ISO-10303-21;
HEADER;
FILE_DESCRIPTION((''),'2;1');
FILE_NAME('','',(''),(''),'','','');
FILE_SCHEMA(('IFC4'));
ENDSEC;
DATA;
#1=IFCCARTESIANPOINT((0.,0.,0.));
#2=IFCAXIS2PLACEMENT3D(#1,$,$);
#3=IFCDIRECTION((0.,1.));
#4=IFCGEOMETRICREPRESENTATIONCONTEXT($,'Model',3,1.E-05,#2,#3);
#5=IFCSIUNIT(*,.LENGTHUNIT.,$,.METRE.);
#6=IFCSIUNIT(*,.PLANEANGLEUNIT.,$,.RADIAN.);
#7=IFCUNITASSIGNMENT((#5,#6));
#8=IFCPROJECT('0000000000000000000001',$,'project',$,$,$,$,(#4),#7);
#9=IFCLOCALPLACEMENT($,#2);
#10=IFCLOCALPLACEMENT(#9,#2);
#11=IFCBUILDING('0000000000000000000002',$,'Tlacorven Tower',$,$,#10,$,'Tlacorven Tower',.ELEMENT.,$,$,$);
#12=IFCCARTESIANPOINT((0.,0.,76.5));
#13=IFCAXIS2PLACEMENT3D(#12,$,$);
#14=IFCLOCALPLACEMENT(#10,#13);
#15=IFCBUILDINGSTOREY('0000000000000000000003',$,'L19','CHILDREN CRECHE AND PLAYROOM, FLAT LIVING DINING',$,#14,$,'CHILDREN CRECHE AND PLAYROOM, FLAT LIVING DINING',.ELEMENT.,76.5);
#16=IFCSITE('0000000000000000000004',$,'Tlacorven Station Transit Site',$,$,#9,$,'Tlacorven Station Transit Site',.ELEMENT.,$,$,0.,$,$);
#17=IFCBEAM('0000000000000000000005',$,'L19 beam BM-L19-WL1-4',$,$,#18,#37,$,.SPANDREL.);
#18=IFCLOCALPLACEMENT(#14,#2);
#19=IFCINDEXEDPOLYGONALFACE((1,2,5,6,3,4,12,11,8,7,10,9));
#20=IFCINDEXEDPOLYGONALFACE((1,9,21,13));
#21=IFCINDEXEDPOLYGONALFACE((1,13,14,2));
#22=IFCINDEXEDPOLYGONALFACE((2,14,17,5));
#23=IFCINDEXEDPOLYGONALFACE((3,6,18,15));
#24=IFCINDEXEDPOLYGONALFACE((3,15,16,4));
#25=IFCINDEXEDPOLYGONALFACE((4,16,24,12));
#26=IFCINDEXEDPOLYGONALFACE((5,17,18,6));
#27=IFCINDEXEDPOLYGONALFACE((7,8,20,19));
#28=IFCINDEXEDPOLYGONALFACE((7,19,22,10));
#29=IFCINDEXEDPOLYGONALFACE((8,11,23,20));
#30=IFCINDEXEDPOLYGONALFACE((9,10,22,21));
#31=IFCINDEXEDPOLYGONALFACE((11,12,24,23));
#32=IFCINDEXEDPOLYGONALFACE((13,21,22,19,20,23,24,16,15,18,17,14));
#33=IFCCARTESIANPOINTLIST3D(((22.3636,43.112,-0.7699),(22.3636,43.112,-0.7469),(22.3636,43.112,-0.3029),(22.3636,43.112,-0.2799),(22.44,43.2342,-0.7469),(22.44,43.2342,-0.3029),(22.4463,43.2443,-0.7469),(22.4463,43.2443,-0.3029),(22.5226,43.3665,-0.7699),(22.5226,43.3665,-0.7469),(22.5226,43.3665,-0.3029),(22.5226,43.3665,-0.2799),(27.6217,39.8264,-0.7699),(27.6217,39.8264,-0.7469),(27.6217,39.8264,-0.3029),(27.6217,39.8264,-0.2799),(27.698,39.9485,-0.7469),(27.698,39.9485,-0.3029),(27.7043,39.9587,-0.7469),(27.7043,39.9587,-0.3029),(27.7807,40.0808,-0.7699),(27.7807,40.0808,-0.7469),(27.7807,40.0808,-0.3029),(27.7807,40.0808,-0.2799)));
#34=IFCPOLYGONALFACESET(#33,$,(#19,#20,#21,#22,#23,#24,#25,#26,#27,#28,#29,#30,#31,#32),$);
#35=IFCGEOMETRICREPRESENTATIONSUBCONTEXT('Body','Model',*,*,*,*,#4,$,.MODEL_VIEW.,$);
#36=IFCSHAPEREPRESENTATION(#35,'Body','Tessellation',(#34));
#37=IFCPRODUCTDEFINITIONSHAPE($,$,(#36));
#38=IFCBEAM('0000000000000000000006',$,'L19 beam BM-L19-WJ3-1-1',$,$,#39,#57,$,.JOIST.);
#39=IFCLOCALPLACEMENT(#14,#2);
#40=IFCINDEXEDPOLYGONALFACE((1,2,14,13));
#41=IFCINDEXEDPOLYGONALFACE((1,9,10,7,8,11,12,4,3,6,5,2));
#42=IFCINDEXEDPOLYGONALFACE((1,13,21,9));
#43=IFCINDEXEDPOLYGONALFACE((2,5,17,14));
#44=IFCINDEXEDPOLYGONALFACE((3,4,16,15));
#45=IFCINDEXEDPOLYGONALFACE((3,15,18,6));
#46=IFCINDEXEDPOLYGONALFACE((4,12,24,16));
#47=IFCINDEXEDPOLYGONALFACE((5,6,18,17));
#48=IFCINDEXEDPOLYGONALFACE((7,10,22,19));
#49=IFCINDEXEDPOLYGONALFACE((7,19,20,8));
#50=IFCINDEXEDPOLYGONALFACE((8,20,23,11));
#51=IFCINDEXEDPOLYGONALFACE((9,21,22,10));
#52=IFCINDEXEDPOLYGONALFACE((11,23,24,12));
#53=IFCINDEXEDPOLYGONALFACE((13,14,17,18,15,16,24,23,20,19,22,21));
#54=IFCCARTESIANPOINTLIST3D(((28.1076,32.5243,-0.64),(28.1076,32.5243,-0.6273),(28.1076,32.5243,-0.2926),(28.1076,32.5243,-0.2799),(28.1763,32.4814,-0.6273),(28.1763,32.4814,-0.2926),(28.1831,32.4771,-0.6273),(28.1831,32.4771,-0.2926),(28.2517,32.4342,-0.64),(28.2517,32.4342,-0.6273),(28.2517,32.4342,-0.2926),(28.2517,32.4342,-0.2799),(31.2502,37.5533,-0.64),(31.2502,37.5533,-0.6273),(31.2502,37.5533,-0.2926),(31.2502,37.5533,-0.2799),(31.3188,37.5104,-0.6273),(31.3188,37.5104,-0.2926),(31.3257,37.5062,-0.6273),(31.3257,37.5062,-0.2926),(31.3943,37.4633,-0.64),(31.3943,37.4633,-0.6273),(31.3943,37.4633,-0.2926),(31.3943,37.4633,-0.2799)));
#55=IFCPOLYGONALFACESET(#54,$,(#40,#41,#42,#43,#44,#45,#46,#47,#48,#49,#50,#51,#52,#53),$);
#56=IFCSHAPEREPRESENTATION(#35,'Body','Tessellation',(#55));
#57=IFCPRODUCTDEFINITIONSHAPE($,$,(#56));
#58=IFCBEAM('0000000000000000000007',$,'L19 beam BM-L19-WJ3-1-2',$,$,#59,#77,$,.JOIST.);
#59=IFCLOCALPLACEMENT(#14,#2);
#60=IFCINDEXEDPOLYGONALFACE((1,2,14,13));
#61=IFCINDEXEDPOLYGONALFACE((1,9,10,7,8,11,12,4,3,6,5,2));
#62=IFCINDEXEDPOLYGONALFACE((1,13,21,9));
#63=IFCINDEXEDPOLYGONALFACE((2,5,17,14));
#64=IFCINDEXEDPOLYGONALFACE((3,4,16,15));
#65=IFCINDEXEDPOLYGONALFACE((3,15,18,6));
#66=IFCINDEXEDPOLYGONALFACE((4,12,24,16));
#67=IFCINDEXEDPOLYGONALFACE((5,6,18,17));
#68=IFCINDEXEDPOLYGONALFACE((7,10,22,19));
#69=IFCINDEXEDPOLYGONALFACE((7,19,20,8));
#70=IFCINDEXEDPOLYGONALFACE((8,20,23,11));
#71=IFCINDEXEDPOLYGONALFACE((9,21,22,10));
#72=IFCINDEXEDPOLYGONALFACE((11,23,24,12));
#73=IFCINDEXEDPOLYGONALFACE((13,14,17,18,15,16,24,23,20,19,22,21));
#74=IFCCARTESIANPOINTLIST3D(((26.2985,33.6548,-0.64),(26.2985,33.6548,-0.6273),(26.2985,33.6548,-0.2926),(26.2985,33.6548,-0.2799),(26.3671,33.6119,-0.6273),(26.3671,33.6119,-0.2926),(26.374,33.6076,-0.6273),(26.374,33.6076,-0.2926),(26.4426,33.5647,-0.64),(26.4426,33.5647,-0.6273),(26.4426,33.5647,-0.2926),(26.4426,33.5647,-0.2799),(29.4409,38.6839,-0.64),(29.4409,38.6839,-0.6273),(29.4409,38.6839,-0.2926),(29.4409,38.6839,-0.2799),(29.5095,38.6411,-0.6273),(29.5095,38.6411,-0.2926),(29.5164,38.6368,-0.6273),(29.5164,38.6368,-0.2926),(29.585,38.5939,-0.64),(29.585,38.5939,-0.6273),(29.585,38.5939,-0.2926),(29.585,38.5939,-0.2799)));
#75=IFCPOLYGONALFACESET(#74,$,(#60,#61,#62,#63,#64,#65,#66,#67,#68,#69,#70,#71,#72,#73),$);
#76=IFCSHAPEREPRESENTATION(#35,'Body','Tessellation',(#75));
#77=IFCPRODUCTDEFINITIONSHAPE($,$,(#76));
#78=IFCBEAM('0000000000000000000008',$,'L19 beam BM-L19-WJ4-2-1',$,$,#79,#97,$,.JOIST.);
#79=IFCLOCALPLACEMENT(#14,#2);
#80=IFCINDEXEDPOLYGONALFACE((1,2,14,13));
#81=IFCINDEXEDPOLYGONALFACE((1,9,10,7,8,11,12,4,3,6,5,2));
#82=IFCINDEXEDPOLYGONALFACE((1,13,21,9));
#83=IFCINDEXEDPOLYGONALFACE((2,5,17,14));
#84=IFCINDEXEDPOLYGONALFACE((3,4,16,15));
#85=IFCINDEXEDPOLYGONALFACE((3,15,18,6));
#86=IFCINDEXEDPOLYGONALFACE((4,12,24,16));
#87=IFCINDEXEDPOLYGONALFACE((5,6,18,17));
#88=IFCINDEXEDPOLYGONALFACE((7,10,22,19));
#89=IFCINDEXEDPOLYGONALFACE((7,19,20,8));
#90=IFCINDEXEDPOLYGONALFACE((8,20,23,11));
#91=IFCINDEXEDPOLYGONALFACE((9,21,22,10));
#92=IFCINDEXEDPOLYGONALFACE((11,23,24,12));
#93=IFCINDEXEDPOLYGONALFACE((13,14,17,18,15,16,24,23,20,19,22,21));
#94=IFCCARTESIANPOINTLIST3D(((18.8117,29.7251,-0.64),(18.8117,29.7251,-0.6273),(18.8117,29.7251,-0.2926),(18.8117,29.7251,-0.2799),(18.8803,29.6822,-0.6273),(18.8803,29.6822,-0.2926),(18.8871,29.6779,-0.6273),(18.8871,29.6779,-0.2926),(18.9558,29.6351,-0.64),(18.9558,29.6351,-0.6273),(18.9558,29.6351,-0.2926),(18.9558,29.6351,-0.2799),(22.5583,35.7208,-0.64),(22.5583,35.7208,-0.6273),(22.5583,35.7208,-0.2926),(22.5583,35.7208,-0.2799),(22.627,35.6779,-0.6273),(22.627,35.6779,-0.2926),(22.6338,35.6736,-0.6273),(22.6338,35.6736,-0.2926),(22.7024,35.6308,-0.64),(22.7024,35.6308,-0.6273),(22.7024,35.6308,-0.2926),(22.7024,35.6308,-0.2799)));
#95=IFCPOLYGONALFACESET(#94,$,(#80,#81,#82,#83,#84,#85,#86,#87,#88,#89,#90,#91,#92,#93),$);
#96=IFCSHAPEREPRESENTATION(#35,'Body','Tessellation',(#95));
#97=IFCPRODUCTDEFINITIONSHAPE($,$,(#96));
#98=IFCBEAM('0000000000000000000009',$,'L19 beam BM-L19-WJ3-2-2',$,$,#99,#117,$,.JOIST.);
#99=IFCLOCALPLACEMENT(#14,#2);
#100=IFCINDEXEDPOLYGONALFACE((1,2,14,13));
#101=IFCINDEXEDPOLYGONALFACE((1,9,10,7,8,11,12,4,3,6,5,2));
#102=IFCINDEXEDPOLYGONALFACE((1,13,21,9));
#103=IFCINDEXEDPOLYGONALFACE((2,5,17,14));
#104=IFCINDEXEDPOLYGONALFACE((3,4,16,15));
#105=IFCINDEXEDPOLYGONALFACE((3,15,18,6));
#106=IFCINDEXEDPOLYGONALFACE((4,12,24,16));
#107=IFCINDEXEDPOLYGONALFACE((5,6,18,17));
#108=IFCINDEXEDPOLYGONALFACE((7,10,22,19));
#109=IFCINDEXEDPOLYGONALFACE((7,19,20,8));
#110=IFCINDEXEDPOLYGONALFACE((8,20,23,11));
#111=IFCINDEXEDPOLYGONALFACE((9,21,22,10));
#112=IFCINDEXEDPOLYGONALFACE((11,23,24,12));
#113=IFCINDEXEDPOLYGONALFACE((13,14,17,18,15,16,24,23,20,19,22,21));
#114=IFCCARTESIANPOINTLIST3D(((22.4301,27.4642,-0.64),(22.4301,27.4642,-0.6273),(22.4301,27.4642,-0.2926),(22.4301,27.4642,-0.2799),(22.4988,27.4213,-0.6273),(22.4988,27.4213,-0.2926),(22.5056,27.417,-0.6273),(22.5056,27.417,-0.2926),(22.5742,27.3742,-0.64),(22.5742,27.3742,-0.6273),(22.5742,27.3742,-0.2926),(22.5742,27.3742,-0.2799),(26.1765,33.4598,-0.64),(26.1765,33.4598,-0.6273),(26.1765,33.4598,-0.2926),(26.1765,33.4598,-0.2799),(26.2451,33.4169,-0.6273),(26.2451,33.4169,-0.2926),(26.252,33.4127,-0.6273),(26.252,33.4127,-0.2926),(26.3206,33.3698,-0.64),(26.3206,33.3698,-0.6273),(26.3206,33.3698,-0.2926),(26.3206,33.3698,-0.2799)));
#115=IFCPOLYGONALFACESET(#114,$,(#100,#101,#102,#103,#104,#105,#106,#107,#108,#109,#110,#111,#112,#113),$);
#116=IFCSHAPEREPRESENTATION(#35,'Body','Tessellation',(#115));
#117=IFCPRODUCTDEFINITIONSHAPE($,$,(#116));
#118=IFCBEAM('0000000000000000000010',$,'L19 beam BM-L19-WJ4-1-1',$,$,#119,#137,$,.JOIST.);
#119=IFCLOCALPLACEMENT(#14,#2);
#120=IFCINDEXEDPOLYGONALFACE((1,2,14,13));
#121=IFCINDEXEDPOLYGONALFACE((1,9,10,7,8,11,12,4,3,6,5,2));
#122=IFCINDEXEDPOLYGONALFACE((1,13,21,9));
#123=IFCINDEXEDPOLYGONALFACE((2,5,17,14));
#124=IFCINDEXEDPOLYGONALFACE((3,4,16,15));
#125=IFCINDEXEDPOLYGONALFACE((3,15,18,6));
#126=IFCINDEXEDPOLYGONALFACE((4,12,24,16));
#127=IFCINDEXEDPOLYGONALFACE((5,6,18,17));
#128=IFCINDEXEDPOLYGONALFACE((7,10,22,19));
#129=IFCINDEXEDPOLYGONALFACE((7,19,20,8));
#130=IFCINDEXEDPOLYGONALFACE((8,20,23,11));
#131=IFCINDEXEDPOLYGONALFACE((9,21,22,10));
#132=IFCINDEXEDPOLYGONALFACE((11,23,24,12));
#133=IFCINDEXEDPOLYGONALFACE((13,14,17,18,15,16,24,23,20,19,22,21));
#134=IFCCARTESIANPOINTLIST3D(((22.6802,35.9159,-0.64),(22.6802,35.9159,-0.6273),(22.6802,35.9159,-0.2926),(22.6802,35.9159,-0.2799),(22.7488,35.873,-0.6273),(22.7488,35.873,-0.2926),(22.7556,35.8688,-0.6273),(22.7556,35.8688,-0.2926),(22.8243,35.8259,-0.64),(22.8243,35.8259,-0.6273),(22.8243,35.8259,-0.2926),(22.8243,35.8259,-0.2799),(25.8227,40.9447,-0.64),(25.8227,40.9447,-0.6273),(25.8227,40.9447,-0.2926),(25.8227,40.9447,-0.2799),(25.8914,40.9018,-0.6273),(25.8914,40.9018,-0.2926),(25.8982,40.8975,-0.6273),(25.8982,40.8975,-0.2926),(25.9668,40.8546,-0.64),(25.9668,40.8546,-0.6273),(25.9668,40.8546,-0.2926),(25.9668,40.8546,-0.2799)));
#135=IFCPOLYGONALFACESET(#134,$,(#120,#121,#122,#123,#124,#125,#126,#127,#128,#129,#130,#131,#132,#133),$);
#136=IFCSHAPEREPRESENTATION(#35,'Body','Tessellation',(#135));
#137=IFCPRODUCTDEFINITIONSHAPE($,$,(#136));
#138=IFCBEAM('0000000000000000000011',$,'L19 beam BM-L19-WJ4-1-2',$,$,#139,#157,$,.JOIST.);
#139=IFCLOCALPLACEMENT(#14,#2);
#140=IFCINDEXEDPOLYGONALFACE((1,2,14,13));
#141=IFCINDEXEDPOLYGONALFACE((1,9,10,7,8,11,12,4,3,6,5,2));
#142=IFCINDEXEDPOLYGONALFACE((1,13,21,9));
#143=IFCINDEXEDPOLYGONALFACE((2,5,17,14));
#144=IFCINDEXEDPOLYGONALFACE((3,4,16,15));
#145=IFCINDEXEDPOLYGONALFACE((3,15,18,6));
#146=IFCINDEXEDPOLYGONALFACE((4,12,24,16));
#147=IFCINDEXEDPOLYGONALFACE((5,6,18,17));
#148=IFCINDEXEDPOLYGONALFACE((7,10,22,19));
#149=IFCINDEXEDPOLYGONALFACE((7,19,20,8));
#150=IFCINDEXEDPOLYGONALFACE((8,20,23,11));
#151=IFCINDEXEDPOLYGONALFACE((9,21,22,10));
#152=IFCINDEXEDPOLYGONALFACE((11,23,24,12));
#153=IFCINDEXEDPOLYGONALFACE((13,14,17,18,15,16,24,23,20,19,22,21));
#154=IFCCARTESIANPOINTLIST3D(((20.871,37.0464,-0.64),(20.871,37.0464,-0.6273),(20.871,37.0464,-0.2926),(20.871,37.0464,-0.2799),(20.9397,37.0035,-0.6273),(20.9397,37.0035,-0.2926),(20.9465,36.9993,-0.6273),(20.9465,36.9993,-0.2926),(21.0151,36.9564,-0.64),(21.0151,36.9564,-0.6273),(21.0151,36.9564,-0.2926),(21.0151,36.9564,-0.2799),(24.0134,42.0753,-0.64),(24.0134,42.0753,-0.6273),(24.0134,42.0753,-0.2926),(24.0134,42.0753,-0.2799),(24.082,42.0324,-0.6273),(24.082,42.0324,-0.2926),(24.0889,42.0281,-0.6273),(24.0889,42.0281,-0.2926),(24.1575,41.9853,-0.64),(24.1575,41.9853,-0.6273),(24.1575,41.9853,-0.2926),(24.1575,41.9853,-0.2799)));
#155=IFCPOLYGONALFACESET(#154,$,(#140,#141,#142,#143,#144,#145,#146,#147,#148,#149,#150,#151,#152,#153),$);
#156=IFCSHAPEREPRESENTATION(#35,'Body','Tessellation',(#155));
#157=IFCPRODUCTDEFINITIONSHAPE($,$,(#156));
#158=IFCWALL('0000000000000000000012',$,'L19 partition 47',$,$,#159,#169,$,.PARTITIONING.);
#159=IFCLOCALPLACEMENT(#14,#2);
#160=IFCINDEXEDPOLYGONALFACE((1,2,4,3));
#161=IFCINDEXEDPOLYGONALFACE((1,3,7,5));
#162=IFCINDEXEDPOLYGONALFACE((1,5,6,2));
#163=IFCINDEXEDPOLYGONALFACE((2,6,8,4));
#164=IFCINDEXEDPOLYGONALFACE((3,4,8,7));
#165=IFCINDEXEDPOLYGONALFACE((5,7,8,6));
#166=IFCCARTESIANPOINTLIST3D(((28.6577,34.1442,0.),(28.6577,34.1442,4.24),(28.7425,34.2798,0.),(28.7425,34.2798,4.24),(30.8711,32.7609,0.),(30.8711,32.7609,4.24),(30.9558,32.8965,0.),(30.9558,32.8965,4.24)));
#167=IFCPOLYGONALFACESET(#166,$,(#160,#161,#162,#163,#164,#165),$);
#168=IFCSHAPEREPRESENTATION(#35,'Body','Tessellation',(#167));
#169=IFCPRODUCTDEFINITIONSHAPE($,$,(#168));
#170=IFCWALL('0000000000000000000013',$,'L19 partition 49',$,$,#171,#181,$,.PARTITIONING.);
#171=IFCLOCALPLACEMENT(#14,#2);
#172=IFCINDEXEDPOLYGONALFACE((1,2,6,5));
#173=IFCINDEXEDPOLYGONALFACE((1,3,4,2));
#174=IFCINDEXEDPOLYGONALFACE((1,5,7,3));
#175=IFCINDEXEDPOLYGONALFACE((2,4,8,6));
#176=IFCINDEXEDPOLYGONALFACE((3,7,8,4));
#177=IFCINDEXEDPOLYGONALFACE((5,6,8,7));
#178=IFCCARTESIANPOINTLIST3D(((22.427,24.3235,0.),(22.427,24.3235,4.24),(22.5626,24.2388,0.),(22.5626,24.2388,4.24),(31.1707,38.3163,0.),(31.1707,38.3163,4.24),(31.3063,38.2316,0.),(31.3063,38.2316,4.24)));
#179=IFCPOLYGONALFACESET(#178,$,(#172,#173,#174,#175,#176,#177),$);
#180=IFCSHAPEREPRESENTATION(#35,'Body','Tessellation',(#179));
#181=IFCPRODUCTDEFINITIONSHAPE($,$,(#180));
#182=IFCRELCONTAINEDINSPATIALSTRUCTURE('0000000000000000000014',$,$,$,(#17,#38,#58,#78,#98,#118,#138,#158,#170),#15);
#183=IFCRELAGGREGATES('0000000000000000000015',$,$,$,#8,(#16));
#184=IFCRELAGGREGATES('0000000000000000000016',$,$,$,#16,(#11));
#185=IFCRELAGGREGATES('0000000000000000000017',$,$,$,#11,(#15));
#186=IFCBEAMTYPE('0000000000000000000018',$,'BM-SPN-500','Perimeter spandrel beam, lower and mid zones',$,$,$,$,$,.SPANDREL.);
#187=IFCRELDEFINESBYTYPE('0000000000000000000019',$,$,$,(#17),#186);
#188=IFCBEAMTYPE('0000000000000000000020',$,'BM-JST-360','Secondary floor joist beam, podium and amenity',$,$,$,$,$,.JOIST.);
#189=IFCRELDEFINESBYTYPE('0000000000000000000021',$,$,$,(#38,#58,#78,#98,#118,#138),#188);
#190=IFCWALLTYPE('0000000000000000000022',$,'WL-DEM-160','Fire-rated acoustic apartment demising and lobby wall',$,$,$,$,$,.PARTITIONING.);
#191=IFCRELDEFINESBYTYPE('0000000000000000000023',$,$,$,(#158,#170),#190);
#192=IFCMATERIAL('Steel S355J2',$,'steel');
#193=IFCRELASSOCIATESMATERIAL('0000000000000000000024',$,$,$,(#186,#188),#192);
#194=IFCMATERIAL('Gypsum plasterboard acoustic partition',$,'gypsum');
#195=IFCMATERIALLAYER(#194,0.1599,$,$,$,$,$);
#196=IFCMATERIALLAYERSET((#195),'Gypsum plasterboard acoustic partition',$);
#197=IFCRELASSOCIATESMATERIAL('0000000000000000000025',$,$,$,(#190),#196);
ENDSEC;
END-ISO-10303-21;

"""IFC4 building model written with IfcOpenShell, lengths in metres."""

from ifc_helpers import new_model, si_unit, direction, frame, frame_2d, origin, origin_2d, place, context, subcontext, project, spatial, rectangle, i_section, extrude, source, transform, mapped, material, layer, layer_set, material_profile, profile_set, type_object, element, save


model = new_model("IFC4")

# Units and contexts
model_context = context("Model", 3, precision=1e-05, world=origin(), true_north=direction((0.0, 1.0)))
body_context = subcontext(model_context, "Body", "Model", "MODEL_VIEW")
ifc_project = project(units=[si_unit("LENGTHUNIT", "METRE"), si_unit("PLANEANGLEUNIT", "RADIAN")], contexts=[model_context])

# Site, building, storey
site_placement = place(None, origin())
site = spatial("IfcSite", under=ifc_project, at=site_placement, Name="Tlacorven Station Transit Site", LongName="Tlacorven Station Transit Site", CompositionType="ELEMENT", RefElevation=0.0)
building_placement = place(site_placement, origin())
building = spatial("IfcBuilding", under=site, at=building_placement, Name="Tlacorven Tower", LongName="Tlacorven Tower", CompositionType="ELEMENT")
storey_placement = place(building_placement, frame((0.0, 0.0, 76.5)))
storey = spatial("IfcBuildingStorey", under=building, at=storey_placement, Name="L19", Description="CHILDREN CRECHE AND PLAYROOM, FLAT LIVING DINING", LongName="CHILDREN CRECHE AND PLAYROOM, FLAT LIVING DINING", CompositionType="ELEMENT", Elevation=76.5)

# Beams
ifc_material_1 = material(Name="Steel S355J2", Category="steel")
ifc_material_profile_1 = material_profile(ifc_material_1, i_section(OverallWidth=0.3, OverallDepth=0.49, WebThickness=0.012, FlangeThickness=0.0229, at=origin_2d()), Name="HEA 500")
ifc_profile_set_1 = profile_set([ifc_material_profile_1], Name="Steel S355J2")
beam_type_1 = type_object("IfcBeamType", Name="BM-SPN-500", Description="Perimeter spandrel beam, lower and mid zones", PredefinedType="SPANDREL", material=ifc_profile_set_1)
shared_shape_1 = source(origin(), body_context, "Body", "SweptSolid", [
    extrude(i_section(OverallWidth=0.3, OverallDepth=0.49, WebThickness=0.012, FlangeThickness=0.0229, at=origin_2d()), origin(), (0.0, 0.0, 1.0), 6.2002),
])
beam_1_placement = place(storey_placement, frame((27.7012, 39.9536, -0.5249), z_axis=(-0.848045, 0.529925, 0.0), x_axis=(-0.529925, -0.848045, 0.0)))
element("IfcBeam", 1, at=beam_1_placement, inside=storey, type_object=beam_type_1, Name="L19 beam BM-L19-WL1-4", PredefinedType="SPANDREL", context=body_context, shape_type="MappedRepresentation", body=[
    mapped(shared_shape_1, transform((0.0, 0.0, 0.0), scale=1.0)),
])
ifc_material_profile_2 = material_profile(ifc_material_1, i_section(OverallWidth=0.1699, OverallDepth=0.3601, WebThickness=0.0081, FlangeThickness=0.0127, at=origin_2d()), Name="IPE 360")
ifc_profile_set_2 = profile_set([ifc_material_profile_2], Name="Steel S355J2")
beam_type_2 = type_object("IfcBeamType", Name="BM-JST-360", Description="Secondary floor joist beam, podium and amenity", PredefinedType="JOIST", material=ifc_profile_set_2)
shared_shape_2 = source(origin(), body_context, "Body", "SweptSolid", [
    extrude(i_section(OverallWidth=0.1699, OverallDepth=0.3601, WebThickness=0.0081, FlangeThickness=0.0127, at=origin_2d()), origin(), (0.0, 0.0, 1.0), 5.9302),
])
for number, where, z_axis, x_axis, name in (
    (2, (31.3223, 37.5083, -0.46), (-0.529929, -0.848042, 0.0), (0.848042, -0.529929, 0.0), "L19 beam BM-L19-WJ3-1-1"),
    (3, (29.5129, 38.6389, -0.46), (-0.529899, -0.848061, 0.0), (0.848061, -0.529899, 0.0), "L19 beam BM-L19-WJ3-1-2"),
):
    element("IfcBeam", number, at=place(storey_placement, frame(where, z_axis=z_axis, x_axis=x_axis)), inside=storey, type_object=beam_type_2, Name=name, PredefinedType="JOIST", context=body_context, shape_type="MappedRepresentation", body=[
        mapped(shared_shape_2, transform((0.0, 0.0, 0.0), scale=1.0)),
    ])
shared_shape_3 = source(origin(), body_context, "Body", "SweptSolid", [
    extrude(i_section(OverallWidth=0.1699, OverallDepth=0.3601, WebThickness=0.0081, FlangeThickness=0.0127, at=origin_2d()), origin(), (0.0, 0.0, 1.0), 7.0701),
])
beam_2_placement = place(storey_placement, frame((22.6304, 35.6758, -0.46), z_axis=(-0.529931, -0.848041, 0.0), x_axis=(0.848041, -0.529931, 0.0)))
element("IfcBeam", 4, at=beam_2_placement, inside=storey, type_object=beam_type_2, Name="L19 beam BM-L19-WJ4-2-1", PredefinedType="JOIST", context=body_context, shape_type="MappedRepresentation", body=[
    mapped(shared_shape_3, transform((0.0, 0.0, 0.0), scale=1.0)),
])
shared_shape_4 = source(origin(), body_context, "Body", "SweptSolid", [
    extrude(i_section(OverallWidth=0.1699, OverallDepth=0.3601, WebThickness=0.0081, FlangeThickness=0.0127, at=origin_2d()), origin(), (0.0, 0.0, 1.0), 7.0698),
])
beam_3_placement = place(storey_placement, frame((26.2485, 33.4148, -0.46), z_axis=(-0.529906, -0.848057, 0.0), x_axis=(0.848057, -0.529906, 0.0)))
element("IfcBeam", 5, at=beam_3_placement, inside=storey, type_object=beam_type_2, Name="L19 beam BM-L19-WJ3-2-2", PredefinedType="JOIST", context=body_context, shape_type="MappedRepresentation", body=[
    mapped(shared_shape_4, transform((0.0, 0.0, 0.0), scale=1.0)),
])
shared_shape_5 = source(origin(), body_context, "Body", "SweptSolid", [
    extrude(i_section(OverallWidth=0.1699, OverallDepth=0.3601, WebThickness=0.0081, FlangeThickness=0.0127, at=origin_2d()), origin(), (0.0, 0.0, 1.0), 5.9299),
])
for number, where, z_axis, x_axis, name in (
    (6, (25.8948, 40.8997, -0.46), (-0.529947, -0.848031, 0.0), (0.848031, -0.529947, 0.0), "L19 beam BM-L19-WJ4-1-1"),
    (7, (24.0854, 42.0303, -0.46), (-0.529918, -0.848049, 0.0), (0.848049, -0.529918, 0.0), "L19 beam BM-L19-WJ4-1-2"),
):
    element("IfcBeam", number, at=place(storey_placement, frame(where, z_axis=z_axis, x_axis=x_axis)), inside=storey, type_object=beam_type_2, Name=name, PredefinedType="JOIST", context=body_context, shape_type="MappedRepresentation", body=[
        mapped(shared_shape_5, transform((0.0, 0.0, 0.0), scale=1.0)),
    ])

# Walls
ifc_material_2 = material(Name="Gypsum plasterboard acoustic partition", Category="gypsum")
ifc_layer_1 = layer(ifc_material_2, 0.1599)
ifc_layer_set_1 = layer_set([ifc_layer_1], Name="Gypsum plasterboard acoustic partition")
wall_type = type_object("IfcWallType", Name="WL-DEM-160", Description="Fire-rated acoustic apartment demising and lobby wall", PredefinedType="PARTITIONING", material=ifc_layer_set_1)
wall_1_placement = place(storey_placement, frame((30.9136, 32.8286, 0.0), z_axis=(0.0, 0.0, 1.0), x_axis=(-0.848009, 0.529982, 0.0)))
element("IfcWall", 8, at=wall_1_placement, inside=storey, type_object=wall_type, Name="L19 partition 47", PredefinedType="PARTITIONING", context=body_context, shape_type="SweptSolid", body=[
    extrude(rectangle(XDim=2.6101, YDim=0.1599, at=frame_2d((1.3052, 0.0))), origin(), (0.0, 0.0, 1.0), 4.24),
])
wall_2_placement = place(storey_placement, frame((31.2385, 38.2739, 0.0), z_axis=(0.0, 0.0, 1.0), x_axis=(-0.529922, -0.848047, 0.0)))
element("IfcWall", 9, at=wall_2_placement, inside=storey, type_object=wall_type, Name="L19 partition 49", PredefinedType="PARTITIONING", context=body_context, shape_type="SweptSolid", body=[
    extrude(rectangle(XDim=16.5, YDim=0.1599, at=frame_2d((8.25, 0.0))), origin(), (0.0, 0.0, 1.0), 4.24),
])

save(model, "model.ifc")
